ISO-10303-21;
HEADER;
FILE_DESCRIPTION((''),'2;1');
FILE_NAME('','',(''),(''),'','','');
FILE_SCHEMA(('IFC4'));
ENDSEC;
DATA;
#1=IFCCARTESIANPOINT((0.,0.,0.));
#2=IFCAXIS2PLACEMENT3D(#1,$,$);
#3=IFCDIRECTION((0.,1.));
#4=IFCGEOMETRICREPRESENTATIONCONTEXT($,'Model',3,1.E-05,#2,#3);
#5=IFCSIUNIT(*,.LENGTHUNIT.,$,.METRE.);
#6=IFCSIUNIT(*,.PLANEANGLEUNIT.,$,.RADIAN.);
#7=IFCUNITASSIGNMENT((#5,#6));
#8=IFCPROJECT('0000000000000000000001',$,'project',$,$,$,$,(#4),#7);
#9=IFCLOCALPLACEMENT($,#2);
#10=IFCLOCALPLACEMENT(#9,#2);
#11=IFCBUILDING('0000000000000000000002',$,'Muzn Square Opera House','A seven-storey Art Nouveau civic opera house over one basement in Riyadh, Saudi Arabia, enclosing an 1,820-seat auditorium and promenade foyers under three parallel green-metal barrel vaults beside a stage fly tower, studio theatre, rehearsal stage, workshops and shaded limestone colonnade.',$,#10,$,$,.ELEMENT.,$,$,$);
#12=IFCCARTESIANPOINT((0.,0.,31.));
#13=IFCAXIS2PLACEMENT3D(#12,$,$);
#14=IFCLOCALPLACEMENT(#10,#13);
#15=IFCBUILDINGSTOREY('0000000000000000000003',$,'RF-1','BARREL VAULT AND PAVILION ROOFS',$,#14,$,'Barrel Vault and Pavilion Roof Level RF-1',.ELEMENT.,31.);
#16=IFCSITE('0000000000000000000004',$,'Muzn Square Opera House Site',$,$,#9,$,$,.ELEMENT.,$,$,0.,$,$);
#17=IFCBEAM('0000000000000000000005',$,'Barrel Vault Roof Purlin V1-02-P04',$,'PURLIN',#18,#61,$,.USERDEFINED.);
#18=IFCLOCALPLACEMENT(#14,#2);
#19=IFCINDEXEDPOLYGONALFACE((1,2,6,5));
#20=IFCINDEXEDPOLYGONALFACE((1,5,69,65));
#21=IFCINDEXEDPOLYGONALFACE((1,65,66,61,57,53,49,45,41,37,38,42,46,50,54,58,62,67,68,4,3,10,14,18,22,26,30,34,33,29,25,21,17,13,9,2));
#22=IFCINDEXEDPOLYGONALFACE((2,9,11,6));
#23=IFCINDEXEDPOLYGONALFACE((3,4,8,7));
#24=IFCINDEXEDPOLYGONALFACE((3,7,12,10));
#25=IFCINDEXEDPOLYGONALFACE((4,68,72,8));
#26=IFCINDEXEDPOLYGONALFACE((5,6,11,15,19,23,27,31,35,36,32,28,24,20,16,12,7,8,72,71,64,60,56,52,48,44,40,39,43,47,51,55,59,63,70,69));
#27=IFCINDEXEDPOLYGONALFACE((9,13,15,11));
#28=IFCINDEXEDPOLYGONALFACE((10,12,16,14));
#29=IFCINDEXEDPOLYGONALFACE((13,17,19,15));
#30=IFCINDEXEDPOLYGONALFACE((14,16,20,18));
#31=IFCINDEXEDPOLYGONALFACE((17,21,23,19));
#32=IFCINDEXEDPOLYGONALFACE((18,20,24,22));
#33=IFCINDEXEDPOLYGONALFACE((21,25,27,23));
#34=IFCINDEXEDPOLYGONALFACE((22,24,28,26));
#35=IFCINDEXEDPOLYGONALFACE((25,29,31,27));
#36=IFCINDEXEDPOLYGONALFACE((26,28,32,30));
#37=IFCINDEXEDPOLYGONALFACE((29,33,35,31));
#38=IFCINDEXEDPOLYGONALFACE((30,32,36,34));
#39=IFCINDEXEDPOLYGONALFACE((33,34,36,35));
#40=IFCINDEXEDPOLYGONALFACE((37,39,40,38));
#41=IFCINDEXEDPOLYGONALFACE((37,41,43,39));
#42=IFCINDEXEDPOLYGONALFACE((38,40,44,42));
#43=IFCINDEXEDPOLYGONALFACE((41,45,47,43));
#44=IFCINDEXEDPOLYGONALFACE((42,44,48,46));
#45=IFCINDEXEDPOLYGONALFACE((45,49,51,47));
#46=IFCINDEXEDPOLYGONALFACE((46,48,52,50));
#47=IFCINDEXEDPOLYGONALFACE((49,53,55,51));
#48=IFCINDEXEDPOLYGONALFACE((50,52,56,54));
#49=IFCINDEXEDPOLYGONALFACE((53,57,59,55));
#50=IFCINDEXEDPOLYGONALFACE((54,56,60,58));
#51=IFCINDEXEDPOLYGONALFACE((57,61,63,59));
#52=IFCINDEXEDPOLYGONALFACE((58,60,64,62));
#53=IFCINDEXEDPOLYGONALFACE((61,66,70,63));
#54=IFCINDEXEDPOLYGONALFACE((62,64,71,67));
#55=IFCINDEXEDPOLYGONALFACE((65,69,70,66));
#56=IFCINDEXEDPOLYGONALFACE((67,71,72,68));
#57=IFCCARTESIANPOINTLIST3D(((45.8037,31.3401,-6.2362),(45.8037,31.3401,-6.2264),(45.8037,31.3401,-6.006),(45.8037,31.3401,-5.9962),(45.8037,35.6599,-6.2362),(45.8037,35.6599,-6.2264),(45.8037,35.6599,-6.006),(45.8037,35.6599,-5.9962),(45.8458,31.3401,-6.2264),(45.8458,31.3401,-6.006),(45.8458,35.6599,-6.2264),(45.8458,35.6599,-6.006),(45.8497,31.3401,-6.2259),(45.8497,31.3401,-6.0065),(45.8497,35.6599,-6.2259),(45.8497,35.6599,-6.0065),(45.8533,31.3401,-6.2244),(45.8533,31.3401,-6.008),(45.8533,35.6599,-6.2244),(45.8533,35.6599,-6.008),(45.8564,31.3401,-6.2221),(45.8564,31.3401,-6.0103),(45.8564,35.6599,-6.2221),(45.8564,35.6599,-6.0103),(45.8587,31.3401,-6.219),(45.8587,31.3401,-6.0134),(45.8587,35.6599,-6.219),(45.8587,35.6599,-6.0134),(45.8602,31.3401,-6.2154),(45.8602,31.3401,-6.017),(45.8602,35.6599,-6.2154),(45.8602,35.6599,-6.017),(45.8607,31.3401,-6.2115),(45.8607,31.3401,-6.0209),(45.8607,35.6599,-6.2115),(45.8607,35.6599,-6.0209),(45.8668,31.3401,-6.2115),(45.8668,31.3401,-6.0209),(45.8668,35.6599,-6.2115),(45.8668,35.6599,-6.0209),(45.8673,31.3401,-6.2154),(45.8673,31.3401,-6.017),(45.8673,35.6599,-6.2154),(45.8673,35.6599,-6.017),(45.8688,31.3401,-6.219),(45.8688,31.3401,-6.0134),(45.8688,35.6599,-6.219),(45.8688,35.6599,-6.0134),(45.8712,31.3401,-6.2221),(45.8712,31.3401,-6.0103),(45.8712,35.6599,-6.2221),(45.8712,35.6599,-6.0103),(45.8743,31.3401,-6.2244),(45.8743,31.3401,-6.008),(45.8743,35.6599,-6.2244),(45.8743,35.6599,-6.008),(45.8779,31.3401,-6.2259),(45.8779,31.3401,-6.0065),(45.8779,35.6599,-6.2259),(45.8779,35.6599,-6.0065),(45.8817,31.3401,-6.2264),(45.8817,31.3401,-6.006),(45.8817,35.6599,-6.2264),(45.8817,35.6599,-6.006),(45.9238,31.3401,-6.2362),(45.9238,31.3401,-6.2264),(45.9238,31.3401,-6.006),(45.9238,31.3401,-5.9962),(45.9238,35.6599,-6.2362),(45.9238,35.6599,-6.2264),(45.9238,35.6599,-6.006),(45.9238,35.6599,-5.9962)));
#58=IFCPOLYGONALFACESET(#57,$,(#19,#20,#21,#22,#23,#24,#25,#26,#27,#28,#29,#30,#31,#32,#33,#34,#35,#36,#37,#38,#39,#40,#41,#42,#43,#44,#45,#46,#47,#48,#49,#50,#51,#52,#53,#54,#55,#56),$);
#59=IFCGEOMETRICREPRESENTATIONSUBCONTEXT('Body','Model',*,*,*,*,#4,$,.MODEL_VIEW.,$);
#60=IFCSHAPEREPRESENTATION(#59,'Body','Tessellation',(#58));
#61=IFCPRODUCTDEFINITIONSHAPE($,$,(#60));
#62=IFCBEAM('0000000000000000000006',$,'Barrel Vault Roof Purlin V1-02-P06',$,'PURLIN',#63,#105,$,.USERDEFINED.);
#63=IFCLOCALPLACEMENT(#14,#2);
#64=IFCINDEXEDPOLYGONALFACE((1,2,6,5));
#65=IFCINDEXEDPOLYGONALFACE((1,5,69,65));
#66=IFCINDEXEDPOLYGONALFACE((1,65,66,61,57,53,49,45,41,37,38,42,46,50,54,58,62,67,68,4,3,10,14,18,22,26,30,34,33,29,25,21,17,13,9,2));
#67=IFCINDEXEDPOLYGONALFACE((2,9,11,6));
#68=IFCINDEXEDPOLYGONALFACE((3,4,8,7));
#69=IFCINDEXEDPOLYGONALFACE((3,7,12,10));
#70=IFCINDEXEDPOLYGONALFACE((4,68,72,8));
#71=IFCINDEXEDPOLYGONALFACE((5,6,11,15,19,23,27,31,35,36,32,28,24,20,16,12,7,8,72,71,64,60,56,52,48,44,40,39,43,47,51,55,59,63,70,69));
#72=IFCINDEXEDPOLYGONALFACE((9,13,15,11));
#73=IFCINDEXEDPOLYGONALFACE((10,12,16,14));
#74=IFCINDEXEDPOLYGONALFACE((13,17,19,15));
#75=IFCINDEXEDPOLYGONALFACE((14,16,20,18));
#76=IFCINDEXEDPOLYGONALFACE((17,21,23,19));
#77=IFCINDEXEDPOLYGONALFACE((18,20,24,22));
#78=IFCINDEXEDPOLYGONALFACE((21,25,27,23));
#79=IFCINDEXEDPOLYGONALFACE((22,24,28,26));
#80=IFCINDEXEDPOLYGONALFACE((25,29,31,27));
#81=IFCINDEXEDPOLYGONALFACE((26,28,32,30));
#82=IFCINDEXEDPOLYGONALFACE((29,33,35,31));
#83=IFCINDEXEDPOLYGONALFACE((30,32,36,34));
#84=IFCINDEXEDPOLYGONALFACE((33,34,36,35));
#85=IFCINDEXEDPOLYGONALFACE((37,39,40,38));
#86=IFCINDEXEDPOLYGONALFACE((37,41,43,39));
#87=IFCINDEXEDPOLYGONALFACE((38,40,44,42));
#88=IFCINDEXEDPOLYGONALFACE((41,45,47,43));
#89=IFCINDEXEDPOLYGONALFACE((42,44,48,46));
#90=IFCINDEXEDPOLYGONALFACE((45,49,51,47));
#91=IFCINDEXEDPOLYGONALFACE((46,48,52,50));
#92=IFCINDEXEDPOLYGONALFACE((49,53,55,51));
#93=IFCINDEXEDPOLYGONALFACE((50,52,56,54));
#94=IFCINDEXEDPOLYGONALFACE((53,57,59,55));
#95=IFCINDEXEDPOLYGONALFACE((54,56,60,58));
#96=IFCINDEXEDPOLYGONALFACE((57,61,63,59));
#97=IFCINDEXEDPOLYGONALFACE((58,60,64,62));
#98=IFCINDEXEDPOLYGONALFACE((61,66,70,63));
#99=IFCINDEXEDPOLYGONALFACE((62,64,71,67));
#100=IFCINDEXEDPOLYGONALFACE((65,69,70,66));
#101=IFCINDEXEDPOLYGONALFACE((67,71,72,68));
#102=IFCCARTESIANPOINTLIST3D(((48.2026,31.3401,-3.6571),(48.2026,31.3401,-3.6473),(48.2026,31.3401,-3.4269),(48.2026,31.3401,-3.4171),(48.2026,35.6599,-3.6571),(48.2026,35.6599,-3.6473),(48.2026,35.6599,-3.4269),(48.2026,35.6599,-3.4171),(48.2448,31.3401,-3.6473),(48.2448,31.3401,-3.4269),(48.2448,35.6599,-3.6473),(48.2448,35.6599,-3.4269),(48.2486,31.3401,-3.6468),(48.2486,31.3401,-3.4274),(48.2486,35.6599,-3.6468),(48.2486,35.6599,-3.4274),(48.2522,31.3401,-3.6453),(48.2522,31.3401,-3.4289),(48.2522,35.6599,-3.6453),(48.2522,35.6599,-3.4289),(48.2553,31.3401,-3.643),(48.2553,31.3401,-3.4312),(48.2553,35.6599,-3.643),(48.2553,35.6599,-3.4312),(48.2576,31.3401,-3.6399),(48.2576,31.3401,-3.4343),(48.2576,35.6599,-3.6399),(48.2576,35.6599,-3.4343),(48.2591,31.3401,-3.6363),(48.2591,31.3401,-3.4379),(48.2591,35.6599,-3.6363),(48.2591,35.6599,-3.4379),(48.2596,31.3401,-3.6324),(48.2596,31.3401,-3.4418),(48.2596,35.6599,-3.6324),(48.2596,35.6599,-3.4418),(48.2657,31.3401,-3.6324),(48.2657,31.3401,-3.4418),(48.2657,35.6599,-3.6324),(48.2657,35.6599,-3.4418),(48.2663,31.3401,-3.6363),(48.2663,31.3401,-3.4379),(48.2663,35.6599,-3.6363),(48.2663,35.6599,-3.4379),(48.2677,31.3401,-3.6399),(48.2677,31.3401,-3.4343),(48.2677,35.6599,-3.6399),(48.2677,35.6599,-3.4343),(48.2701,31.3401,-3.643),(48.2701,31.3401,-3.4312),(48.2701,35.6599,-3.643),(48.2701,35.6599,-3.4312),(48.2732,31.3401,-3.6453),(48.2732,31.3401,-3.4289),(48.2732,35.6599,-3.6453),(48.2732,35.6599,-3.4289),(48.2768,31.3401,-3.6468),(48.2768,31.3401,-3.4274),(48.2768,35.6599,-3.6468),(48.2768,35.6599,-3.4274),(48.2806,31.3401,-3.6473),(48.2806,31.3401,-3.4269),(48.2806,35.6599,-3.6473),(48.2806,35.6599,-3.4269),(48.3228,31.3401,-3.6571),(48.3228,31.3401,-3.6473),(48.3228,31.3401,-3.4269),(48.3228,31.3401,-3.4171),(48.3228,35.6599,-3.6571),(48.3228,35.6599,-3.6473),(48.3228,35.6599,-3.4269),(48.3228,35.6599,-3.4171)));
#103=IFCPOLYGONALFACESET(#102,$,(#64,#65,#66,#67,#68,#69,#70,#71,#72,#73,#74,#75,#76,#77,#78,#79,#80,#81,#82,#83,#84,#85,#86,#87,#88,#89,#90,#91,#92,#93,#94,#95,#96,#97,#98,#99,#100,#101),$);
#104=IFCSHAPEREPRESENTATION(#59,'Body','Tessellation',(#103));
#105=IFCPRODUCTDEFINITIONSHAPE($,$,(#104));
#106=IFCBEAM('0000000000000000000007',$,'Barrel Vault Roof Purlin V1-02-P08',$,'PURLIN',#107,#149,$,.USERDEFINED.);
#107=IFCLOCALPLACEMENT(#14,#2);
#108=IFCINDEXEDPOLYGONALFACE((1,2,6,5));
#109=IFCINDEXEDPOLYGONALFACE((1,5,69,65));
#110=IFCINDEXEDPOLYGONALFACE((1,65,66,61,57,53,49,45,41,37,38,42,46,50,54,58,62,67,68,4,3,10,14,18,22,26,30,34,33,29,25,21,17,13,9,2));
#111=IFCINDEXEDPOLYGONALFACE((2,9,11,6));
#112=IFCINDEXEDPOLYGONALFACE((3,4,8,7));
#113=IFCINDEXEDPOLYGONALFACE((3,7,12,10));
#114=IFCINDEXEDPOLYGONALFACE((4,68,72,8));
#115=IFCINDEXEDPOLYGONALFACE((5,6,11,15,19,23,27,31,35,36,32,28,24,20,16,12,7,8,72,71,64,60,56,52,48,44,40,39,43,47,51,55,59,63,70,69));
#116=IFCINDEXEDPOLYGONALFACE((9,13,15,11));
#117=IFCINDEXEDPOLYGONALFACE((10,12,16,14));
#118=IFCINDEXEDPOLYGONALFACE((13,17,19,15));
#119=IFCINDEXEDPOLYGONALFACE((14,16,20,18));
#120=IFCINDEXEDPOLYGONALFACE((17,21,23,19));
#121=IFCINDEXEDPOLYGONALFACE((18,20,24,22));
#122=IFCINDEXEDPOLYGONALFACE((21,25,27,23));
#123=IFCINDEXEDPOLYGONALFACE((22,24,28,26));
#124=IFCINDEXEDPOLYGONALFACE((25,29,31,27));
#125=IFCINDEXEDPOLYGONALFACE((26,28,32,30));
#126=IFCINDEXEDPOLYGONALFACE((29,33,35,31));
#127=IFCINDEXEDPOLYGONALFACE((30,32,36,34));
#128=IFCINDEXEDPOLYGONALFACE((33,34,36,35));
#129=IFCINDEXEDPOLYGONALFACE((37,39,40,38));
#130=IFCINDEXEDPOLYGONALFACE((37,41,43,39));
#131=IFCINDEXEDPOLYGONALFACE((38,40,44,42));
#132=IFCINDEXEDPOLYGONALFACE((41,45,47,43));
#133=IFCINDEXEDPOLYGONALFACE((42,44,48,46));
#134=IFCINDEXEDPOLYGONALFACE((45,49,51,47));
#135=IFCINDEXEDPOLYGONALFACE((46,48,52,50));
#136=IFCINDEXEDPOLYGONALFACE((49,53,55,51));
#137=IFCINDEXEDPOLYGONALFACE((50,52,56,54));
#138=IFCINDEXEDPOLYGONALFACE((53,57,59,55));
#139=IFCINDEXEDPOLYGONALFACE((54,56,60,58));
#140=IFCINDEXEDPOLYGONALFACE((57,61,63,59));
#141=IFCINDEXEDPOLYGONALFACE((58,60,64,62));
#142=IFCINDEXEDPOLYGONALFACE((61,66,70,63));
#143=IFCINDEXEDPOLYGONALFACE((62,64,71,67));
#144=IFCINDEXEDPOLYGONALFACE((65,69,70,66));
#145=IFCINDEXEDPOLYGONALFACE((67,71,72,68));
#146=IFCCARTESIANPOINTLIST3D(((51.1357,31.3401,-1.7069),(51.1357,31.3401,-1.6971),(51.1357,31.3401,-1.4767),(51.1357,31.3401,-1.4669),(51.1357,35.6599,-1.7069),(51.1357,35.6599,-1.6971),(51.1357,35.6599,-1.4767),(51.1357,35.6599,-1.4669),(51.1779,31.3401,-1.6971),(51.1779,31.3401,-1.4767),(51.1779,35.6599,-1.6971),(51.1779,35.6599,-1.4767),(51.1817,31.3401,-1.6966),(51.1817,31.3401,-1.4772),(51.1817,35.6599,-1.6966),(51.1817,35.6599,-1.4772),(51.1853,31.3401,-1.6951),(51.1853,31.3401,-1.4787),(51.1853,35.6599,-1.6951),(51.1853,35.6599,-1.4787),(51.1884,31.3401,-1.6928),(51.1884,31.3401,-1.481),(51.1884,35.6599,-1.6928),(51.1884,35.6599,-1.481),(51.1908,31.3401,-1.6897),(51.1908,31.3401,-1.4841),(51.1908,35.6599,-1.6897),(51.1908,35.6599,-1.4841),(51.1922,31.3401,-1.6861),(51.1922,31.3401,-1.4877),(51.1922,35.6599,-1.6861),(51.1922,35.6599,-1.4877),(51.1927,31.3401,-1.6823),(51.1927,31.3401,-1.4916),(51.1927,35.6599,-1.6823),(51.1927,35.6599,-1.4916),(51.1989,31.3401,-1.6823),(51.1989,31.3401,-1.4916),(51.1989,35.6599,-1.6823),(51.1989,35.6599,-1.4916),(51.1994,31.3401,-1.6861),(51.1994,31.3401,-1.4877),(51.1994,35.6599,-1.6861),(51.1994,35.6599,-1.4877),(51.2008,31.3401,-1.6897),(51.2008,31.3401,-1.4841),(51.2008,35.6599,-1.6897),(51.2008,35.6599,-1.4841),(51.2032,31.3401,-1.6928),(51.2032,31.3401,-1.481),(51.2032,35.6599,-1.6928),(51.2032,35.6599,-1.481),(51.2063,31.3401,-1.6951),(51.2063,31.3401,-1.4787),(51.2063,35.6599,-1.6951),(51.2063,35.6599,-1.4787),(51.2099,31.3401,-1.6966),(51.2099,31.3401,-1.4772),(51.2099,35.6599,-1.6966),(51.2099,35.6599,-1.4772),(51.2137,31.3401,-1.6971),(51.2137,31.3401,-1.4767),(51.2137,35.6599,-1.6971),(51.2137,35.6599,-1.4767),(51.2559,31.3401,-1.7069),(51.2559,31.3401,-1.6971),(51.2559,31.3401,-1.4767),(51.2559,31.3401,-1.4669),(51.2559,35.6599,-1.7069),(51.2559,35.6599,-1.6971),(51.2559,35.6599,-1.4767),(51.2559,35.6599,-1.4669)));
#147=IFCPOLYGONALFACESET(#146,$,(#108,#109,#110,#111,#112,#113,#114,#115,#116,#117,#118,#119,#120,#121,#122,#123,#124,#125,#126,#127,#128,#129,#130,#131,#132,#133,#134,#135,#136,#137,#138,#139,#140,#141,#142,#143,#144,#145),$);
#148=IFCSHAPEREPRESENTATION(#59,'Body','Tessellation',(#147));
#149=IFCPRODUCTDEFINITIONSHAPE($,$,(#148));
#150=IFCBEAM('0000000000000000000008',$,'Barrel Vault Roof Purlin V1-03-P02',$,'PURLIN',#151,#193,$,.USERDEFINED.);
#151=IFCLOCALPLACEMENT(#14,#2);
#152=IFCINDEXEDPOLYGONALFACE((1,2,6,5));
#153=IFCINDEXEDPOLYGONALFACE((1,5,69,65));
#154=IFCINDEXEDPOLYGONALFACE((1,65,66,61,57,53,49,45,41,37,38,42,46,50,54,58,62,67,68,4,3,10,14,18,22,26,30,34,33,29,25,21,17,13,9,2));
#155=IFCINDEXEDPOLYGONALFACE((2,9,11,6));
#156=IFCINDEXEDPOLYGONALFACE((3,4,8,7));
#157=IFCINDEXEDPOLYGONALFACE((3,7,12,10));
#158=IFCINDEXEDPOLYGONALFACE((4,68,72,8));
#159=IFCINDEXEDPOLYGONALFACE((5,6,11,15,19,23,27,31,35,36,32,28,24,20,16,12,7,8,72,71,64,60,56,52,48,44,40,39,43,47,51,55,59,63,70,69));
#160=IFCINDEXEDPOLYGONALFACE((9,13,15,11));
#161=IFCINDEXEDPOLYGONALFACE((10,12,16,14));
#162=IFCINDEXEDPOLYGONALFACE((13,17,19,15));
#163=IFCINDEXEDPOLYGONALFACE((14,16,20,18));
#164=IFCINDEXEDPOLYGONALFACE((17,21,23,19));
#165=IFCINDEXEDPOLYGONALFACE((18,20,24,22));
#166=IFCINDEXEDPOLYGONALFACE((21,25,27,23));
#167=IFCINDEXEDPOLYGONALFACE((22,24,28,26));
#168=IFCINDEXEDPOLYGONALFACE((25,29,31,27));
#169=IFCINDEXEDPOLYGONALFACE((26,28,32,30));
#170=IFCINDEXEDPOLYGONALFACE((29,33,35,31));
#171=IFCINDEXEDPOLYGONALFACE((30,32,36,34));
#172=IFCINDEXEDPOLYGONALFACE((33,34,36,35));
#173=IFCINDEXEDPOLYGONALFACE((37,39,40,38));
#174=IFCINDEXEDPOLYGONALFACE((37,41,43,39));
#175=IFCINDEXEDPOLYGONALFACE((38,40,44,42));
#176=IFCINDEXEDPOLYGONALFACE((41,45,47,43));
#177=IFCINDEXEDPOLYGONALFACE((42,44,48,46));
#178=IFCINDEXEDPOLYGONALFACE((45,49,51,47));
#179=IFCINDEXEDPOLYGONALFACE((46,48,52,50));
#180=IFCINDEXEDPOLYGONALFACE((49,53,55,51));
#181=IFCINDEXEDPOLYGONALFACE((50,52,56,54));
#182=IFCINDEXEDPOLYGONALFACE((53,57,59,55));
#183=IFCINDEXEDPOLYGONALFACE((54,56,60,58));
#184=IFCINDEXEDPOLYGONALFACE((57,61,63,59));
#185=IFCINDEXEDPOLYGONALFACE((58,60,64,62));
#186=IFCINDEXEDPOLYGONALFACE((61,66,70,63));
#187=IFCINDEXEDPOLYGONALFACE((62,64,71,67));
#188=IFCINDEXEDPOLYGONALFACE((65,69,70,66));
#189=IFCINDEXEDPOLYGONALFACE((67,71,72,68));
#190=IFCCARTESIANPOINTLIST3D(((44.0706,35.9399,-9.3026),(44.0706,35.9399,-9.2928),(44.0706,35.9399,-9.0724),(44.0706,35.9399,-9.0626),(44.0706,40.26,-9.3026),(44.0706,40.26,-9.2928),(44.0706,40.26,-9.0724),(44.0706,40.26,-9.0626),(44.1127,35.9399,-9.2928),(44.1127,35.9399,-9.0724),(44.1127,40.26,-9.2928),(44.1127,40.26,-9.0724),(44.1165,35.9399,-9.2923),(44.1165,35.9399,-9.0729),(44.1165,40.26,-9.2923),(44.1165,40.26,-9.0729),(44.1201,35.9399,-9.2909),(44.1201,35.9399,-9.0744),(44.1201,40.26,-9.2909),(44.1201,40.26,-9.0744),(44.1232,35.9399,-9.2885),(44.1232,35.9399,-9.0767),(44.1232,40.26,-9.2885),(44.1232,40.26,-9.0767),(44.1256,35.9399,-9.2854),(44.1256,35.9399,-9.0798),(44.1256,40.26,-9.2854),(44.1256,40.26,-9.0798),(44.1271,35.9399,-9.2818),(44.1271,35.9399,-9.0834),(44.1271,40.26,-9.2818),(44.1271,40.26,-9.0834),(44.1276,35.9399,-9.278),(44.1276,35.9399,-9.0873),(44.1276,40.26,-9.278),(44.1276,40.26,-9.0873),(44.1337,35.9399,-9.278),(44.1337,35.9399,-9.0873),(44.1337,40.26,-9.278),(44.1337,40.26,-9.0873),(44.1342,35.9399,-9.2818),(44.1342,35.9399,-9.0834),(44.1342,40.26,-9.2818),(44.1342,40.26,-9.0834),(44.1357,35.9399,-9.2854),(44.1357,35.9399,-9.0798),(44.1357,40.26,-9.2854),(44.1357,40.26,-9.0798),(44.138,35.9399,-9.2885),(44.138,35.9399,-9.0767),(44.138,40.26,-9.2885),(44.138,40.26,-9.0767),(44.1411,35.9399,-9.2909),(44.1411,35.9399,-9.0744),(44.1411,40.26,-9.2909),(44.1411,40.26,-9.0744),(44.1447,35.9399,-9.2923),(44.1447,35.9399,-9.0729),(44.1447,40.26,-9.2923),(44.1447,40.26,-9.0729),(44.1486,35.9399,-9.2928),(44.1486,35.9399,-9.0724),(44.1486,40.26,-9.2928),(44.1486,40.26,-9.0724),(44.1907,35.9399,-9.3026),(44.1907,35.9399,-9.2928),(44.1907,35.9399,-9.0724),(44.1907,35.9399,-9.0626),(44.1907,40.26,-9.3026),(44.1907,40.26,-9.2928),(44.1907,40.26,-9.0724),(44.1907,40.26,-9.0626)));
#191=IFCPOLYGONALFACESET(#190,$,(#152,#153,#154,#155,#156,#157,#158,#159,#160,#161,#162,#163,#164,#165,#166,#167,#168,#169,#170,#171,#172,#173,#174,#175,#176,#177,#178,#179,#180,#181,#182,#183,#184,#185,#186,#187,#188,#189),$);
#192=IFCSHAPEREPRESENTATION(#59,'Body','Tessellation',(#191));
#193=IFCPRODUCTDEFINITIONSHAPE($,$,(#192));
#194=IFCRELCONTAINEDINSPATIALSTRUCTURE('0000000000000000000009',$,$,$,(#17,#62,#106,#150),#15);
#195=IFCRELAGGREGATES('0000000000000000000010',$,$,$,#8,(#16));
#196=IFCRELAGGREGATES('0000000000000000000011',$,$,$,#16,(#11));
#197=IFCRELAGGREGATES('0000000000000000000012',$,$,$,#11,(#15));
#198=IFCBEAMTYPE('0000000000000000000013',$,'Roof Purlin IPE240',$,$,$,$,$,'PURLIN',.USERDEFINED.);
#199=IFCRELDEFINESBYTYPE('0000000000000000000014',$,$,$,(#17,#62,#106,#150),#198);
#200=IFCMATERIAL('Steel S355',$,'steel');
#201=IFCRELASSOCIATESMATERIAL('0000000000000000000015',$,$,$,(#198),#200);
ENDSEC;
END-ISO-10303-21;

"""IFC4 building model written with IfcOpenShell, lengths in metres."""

from ifc_helpers import new_model, si_unit, direction, frame, origin, origin_2d, place, context, subcontext, project, spatial, i_section, extrude, material, material_profile, profile_set, type_object, element, save


model = new_model("IFC4")

# Units and contexts
model_context = context("Model", 3, precision=1e-05, world=origin(), true_north=direction((0.0, 1.0)))
body_context = subcontext(model_context, "Body", "Model", "MODEL_VIEW")
ifc_project = project(units=[si_unit("LENGTHUNIT", "METRE"), si_unit("PLANEANGLEUNIT", "RADIAN")], contexts=[model_context])

# Site, building, storey
site_placement = place(None, origin())
site = spatial("IfcSite", under=ifc_project, at=site_placement, Name="Muzn Square Opera House Site", CompositionType="ELEMENT", RefElevation=0.0)
building_placement = place(site_placement, origin())
building = spatial("IfcBuilding", under=site, at=building_placement, Name="Muzn Square Opera House", Description="A seven-storey Art Nouveau civic opera house over one basement in Riyadh, Saudi Arabia, enclosing an 1,820-seat auditorium and promenade foyers under three parallel green-metal barrel vaults beside a stage fly tower, studio theatre, rehearsal stage, workshops and shaded limestone colonnade.", CompositionType="ELEMENT")
storey_placement = place(building_placement, frame((0.0, 0.0, 31.0)))
storey = spatial("IfcBuildingStorey", under=building, at=storey_placement, Name="RF-1", Description="BARREL VAULT AND PAVILION ROOFS", LongName="Barrel Vault and Pavilion Roof Level RF-1", CompositionType="ELEMENT", Elevation=31.0)

# Beams
ifc_material_1 = material(Name="Steel S355", Category="steel")
ifc_material_profile_1 = material_profile(ifc_material_1, i_section(OverallWidth=0.1201, OverallDepth=0.24, WebThickness=0.0061, FlangeThickness=0.0098, FilletRadius=0.0149, at=origin_2d()), Name="IPE 240", Category="steel")
ifc_profile_set_1 = profile_set([ifc_material_profile_1], Name="Steel S355")
beam_type_1 = type_object("IfcBeamType", Name="Roof Purlin IPE240", ElementType="PURLIN", PredefinedType="USERDEFINED", material=ifc_profile_set_1)
for number, where, z_axis, x_axis, name in (
    (1, (45.8638, 31.3401, -6.1162), (0.0, 1.0, 0.0), (-1.0, 0.0, 0.0), "Barrel Vault Roof Purlin V1-02-P04"),
    (2, (48.2627, 31.3401, -3.5371), (0.0, 1.0, 0.0), (-1.0, 0.0, 0.0), "Barrel Vault Roof Purlin V1-02-P06"),
    (3, (51.1958, 31.3401, -1.5869), (0.0, 1.0, 0.0), (-1.0, 0.0, 0.0), "Barrel Vault Roof Purlin V1-02-P08"),
):
    element("IfcBeam", number, at=place(storey_placement, frame(where, z_axis=z_axis, x_axis=x_axis)), inside=storey, type_object=beam_type_1, Name=name, ObjectType="PURLIN", PredefinedType="USERDEFINED", context=body_context, shape_type="SweptSolid", body=[
        extrude(i_section(OverallWidth=0.1201, OverallDepth=0.24, WebThickness=0.0061, FlangeThickness=0.0098, FilletRadius=0.0149, at=origin_2d()), origin(), (0.0, 0.0, 1.0), 4.3198),
    ])
for number, where, z_axis, x_axis, name in (
    (4, (44.1306, 35.9399, -9.1826), (0.0, 1.0, 0.0), (-1.0, 0.0, 0.0), "Barrel Vault Roof Purlin V1-03-P02"),
):
    element("IfcBeam", number, at=place(storey_placement, frame(where, z_axis=z_axis, x_axis=x_axis)), inside=storey, type_object=beam_type_1, Name=name, ObjectType="PURLIN", PredefinedType="USERDEFINED", context=body_context, shape_type="SweptSolid", body=[
        extrude(i_section(OverallWidth=0.1201, OverallDepth=0.24, WebThickness=0.0061, FlangeThickness=0.0098, FilletRadius=0.0149, at=origin_2d()), origin(), (0.0, 0.0, 1.0), 4.3201),
    ])

save(model, "model.ifc")
